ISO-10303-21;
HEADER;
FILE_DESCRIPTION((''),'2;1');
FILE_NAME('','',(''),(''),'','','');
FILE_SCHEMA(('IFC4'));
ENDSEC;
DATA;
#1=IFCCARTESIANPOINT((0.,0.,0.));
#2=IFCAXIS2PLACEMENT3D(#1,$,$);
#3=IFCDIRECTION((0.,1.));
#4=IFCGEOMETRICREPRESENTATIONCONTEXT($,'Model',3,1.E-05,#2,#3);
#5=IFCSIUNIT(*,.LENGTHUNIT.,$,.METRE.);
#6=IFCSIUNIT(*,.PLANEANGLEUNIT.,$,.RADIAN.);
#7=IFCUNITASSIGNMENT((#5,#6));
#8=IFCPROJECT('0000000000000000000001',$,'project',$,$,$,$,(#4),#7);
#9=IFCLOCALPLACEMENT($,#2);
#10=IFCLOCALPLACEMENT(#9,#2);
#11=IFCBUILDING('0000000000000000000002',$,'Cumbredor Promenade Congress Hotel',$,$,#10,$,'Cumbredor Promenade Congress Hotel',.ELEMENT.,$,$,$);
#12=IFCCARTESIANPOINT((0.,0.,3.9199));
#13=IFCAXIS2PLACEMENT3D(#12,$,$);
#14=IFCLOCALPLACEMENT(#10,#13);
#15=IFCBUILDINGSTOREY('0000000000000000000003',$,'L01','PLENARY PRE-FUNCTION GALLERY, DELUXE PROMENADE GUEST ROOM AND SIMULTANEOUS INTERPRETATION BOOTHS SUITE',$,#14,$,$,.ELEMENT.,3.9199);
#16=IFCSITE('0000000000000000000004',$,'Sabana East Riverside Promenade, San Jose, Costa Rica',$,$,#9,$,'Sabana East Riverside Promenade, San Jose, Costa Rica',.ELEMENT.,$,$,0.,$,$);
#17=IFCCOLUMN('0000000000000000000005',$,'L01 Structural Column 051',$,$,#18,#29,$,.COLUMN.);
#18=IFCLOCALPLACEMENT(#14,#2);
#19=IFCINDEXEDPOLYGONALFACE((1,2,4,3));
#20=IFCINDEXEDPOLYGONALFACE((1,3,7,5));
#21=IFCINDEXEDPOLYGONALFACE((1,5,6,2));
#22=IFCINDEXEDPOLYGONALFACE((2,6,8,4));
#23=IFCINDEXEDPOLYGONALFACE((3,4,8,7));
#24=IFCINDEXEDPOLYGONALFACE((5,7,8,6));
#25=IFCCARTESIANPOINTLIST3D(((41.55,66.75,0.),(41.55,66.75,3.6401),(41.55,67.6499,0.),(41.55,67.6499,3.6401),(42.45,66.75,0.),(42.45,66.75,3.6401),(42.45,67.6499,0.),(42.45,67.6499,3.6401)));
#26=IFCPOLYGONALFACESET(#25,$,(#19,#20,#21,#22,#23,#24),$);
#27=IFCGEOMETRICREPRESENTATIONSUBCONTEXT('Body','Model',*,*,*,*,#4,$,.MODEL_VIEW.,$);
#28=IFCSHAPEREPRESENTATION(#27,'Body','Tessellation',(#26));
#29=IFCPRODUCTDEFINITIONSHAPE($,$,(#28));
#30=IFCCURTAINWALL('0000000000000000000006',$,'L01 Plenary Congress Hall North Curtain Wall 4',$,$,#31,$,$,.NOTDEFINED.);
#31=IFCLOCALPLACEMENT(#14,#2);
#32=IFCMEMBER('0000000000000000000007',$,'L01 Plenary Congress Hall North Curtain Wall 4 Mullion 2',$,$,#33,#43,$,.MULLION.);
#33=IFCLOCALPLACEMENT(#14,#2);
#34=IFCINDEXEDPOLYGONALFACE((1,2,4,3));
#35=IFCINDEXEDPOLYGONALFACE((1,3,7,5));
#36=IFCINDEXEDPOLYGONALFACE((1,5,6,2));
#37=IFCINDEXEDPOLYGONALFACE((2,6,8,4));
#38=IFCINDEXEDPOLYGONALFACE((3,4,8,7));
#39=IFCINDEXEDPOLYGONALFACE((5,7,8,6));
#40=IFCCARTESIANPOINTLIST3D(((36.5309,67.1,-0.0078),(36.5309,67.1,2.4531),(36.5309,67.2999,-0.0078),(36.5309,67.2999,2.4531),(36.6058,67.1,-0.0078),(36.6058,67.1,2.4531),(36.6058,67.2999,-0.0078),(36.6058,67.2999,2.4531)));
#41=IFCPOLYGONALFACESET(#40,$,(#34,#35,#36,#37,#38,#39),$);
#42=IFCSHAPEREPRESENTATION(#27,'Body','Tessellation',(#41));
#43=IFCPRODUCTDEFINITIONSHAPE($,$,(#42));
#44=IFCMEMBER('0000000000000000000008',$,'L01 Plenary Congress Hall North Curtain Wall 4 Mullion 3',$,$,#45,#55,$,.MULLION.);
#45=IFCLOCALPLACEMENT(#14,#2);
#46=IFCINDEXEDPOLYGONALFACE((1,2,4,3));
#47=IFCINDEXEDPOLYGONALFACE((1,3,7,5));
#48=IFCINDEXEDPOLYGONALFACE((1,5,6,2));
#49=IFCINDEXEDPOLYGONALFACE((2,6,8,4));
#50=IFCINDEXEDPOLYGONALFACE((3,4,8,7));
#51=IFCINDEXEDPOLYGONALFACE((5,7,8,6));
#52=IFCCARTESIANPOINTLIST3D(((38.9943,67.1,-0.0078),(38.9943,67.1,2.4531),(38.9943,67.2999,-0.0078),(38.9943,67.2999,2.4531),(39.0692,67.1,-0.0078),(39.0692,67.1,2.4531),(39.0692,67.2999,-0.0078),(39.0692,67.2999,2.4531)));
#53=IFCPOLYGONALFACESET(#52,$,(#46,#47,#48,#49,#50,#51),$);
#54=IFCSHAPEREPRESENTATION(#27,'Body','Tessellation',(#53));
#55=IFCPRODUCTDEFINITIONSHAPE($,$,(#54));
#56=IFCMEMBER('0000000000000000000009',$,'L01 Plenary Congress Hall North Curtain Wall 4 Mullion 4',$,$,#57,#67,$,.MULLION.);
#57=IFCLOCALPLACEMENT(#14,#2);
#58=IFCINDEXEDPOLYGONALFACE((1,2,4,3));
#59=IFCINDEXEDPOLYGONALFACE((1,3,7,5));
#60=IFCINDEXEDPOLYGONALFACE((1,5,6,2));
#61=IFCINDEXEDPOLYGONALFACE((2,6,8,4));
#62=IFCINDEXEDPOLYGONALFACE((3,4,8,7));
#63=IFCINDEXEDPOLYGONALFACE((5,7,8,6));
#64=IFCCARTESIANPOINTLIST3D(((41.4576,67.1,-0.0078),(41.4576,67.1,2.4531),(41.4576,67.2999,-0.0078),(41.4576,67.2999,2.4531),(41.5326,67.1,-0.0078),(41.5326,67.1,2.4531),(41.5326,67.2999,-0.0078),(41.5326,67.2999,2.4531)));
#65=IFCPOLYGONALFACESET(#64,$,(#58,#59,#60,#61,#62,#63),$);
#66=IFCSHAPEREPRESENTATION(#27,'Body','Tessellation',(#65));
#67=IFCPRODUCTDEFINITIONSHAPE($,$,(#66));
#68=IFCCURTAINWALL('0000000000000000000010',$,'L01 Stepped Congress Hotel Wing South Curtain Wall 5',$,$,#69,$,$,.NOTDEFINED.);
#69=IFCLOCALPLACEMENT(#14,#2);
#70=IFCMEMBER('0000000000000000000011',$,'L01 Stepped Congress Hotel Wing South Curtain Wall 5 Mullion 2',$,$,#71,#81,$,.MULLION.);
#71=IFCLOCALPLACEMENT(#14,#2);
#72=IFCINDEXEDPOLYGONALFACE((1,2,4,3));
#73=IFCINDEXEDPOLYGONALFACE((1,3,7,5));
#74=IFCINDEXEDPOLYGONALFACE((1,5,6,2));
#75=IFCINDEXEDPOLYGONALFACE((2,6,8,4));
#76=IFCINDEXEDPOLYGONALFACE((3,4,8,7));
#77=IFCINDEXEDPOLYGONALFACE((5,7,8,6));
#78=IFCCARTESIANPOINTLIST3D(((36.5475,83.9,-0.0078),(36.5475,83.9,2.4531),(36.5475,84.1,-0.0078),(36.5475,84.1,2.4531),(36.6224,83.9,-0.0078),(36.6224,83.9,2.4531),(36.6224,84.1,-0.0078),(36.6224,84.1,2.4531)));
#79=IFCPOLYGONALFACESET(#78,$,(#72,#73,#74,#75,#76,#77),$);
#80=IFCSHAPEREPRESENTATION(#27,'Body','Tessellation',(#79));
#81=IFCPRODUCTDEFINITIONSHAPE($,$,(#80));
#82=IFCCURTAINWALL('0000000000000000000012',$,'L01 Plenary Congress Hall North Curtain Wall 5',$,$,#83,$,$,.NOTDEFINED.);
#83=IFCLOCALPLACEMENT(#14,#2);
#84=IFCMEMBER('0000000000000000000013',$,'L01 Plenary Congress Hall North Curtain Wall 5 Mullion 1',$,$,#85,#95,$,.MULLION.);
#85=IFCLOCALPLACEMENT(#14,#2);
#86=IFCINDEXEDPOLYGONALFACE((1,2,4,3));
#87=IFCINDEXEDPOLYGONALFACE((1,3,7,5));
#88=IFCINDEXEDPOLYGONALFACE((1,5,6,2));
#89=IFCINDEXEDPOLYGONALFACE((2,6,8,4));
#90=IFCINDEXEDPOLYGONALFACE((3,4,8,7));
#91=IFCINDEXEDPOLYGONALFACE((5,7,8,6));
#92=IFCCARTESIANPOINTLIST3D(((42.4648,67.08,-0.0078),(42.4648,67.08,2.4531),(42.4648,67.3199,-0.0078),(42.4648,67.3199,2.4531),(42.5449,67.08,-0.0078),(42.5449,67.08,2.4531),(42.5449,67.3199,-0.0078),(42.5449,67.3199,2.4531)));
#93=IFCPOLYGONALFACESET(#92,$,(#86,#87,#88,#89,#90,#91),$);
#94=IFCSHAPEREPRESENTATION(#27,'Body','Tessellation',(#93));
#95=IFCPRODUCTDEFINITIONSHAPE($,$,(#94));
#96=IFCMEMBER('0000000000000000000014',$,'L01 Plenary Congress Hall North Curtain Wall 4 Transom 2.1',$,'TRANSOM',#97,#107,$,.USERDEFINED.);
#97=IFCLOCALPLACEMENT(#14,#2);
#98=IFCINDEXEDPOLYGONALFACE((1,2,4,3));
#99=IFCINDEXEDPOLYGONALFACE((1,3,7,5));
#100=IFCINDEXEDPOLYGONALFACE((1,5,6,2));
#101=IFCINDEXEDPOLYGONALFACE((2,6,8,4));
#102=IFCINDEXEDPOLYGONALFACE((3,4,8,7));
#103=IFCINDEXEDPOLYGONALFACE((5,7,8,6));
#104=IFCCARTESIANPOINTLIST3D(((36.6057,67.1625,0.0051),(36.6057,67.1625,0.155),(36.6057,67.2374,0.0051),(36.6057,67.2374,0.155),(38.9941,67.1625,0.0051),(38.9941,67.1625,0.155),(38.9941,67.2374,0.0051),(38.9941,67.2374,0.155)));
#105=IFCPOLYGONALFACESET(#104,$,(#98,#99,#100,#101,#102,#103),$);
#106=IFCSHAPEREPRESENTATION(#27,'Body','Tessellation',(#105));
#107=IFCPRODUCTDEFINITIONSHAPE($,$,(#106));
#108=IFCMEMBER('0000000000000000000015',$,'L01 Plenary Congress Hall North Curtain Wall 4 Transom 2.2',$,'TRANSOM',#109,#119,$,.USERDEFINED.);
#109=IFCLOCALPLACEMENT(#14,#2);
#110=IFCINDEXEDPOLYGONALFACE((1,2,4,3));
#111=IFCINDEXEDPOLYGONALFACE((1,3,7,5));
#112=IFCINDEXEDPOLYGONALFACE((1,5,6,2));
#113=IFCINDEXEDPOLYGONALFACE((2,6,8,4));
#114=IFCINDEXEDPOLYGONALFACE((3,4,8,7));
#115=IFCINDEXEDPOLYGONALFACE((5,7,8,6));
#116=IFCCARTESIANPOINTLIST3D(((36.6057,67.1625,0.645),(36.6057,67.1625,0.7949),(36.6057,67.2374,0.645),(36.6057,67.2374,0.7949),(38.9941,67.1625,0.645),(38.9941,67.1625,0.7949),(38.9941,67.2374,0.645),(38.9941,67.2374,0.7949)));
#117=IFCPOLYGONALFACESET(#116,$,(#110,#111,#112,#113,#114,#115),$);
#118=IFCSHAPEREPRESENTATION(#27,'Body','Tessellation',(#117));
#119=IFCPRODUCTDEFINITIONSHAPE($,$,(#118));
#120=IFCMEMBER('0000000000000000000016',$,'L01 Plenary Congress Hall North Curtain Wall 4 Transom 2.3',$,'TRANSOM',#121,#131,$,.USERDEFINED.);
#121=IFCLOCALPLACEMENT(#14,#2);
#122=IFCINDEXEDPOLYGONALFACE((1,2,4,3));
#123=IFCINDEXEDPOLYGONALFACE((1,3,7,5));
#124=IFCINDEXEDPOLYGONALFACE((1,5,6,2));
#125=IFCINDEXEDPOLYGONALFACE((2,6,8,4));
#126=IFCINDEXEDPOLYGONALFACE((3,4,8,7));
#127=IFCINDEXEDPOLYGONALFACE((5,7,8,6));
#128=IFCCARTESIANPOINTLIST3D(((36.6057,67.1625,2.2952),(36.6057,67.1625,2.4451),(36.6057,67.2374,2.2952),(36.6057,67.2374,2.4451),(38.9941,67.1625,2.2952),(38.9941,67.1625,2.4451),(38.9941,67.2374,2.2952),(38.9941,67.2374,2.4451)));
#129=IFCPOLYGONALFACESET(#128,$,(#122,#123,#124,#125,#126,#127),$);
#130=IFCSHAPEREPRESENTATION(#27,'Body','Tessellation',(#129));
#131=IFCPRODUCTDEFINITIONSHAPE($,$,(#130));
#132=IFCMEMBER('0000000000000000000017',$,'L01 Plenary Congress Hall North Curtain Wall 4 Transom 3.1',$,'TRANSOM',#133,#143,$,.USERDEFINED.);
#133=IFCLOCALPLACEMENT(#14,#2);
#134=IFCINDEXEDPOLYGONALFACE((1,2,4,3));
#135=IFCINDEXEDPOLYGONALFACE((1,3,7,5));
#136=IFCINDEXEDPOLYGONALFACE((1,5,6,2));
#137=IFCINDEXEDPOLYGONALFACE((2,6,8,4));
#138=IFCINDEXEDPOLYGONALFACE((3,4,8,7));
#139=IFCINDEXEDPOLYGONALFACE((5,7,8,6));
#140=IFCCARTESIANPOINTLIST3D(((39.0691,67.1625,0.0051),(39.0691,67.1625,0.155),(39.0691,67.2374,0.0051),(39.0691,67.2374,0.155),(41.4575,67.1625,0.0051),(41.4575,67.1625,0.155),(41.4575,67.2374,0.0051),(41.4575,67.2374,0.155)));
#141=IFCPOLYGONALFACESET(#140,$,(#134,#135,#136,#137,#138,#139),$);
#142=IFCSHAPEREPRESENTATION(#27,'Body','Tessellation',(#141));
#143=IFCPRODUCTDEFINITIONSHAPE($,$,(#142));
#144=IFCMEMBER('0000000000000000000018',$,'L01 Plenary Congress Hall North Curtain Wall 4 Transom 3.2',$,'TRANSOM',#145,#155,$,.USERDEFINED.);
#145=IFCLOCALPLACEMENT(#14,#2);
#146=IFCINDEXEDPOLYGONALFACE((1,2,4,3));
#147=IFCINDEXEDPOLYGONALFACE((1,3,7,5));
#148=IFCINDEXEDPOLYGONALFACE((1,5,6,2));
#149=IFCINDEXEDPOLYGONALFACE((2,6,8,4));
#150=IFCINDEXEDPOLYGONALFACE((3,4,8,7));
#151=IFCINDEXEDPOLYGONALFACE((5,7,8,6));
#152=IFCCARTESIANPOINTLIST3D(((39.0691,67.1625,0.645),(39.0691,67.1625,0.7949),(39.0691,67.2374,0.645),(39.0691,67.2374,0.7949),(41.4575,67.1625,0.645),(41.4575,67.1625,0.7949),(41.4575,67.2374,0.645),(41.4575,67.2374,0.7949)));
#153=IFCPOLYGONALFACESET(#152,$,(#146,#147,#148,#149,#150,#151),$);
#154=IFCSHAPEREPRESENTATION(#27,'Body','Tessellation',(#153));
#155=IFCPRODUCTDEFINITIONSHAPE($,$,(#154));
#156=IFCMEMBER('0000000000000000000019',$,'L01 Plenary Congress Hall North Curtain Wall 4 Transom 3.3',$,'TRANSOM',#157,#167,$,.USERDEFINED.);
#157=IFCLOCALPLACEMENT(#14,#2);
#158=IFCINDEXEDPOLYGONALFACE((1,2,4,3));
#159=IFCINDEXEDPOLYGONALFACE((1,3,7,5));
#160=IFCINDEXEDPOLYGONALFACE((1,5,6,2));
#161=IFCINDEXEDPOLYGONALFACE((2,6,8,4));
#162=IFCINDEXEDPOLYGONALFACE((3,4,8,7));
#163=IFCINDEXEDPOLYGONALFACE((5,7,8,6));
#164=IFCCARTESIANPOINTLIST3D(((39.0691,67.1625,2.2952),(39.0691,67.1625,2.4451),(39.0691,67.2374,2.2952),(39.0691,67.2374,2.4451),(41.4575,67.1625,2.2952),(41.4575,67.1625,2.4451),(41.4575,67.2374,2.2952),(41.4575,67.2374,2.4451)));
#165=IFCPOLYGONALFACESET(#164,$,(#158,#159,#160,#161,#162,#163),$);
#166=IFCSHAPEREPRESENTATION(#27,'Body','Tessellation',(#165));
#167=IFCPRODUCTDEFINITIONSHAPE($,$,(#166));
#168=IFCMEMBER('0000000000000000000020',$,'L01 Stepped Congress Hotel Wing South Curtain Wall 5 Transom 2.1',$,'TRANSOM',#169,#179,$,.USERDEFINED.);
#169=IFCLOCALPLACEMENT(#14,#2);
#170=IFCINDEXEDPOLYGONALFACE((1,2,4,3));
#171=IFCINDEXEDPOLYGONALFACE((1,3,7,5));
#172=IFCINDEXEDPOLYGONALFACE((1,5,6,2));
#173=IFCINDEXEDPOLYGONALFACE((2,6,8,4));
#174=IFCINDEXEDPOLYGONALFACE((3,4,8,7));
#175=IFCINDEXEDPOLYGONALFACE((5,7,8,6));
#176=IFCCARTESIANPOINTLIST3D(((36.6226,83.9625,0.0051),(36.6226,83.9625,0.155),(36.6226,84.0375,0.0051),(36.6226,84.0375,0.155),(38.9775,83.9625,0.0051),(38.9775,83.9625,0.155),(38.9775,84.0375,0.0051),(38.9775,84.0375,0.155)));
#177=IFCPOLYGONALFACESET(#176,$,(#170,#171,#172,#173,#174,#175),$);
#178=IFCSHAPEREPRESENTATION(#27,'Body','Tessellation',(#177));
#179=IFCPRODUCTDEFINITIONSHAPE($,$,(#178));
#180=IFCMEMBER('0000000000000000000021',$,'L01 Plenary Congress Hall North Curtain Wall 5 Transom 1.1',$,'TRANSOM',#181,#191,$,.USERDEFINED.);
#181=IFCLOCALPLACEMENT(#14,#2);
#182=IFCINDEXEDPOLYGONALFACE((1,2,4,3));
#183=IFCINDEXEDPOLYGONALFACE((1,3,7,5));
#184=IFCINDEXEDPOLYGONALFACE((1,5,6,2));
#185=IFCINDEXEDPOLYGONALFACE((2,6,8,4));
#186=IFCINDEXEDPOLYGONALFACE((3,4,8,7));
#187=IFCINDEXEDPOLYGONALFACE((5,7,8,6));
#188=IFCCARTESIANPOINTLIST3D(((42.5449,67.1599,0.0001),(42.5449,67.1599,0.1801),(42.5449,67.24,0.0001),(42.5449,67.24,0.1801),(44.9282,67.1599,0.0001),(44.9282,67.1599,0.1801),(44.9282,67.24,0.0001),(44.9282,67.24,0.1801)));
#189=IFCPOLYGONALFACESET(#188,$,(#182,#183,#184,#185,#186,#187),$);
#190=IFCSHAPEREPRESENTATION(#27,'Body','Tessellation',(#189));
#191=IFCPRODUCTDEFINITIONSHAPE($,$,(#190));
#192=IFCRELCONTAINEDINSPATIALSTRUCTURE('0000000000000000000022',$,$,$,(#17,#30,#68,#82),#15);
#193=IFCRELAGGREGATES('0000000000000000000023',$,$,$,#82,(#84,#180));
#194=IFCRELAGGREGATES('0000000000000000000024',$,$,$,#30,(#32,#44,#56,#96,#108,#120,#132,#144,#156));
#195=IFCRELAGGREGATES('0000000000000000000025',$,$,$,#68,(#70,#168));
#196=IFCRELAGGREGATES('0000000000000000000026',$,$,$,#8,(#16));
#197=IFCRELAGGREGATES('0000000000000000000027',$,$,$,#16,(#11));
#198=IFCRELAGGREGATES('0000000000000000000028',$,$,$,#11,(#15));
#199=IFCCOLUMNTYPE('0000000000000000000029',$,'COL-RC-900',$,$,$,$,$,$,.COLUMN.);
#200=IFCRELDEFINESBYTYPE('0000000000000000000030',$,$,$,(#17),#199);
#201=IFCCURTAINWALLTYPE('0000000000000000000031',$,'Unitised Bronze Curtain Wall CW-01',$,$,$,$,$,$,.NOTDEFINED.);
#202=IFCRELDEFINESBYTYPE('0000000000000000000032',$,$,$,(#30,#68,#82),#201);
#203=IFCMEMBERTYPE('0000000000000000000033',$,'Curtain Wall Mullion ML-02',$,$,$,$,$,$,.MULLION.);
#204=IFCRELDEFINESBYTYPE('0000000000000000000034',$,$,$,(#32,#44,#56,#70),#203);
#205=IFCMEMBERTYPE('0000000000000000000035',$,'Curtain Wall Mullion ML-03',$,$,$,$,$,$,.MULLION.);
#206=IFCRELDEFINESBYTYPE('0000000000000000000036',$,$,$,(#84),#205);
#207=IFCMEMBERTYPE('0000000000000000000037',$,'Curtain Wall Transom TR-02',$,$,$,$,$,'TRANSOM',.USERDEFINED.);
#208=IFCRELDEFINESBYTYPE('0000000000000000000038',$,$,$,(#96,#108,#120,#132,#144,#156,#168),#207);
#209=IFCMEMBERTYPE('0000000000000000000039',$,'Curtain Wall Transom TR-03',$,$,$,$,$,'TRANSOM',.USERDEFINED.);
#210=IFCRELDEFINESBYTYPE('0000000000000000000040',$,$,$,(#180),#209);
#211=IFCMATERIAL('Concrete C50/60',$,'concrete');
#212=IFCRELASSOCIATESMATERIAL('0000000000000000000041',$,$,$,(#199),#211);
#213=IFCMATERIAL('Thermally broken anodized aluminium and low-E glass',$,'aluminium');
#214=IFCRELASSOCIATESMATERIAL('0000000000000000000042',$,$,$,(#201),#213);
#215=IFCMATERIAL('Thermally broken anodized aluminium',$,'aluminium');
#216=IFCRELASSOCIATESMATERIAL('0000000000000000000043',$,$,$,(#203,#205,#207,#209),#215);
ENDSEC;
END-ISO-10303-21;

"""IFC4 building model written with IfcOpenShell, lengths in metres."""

from ifc_helpers import new_model, si_unit, direction, frame, origin, origin_2d, place, context, subcontext, project, spatial, rectangle, extrude, material, material_profile, profile_set, type_object, element, aggregate, save


model = new_model("IFC4")

# Units and contexts
model_context = context("Model", 3, precision=1e-05, world=origin(), true_north=direction((0.0, 1.0)))
body_context = subcontext(model_context, "Body", "Model", "MODEL_VIEW")
ifc_project = project(units=[si_unit("LENGTHUNIT", "METRE"), si_unit("PLANEANGLEUNIT", "RADIAN")], contexts=[model_context])

# Site, building, storey
site_placement = place(None, origin())
site = spatial("IfcSite", under=ifc_project, at=site_placement, Name="Sabana East Riverside Promenade, San Jose, Costa Rica", LongName="Sabana East Riverside Promenade, San Jose, Costa Rica", CompositionType="ELEMENT", RefElevation=0.0)
building_placement = place(site_placement, origin())
building = spatial("IfcBuilding", under=site, at=building_placement, Name="Cumbredor Promenade Congress Hotel", LongName="Cumbredor Promenade Congress Hotel", CompositionType="ELEMENT")
storey_placement = place(building_placement, frame((0.0, 0.0, 3.9199)))
storey = spatial("IfcBuildingStorey", under=building, at=storey_placement, Name="L01", Description="PLENARY PRE-FUNCTION GALLERY, DELUXE PROMENADE GUEST ROOM AND SIMULTANEOUS INTERPRETATION BOOTHS SUITE", CompositionType="ELEMENT", Elevation=3.9199)

# Column
ifc_material_1 = material(Name="Concrete C50/60", Category="concrete")
ifc_material_profile_1 = material_profile(ifc_material_1, rectangle(XDim=0.8999, YDim=0.8999, at=origin_2d()), Name="RC 900x900")
ifc_profile_set_1 = profile_set([ifc_material_profile_1], Name="Concrete C50/60")
column_type = type_object("IfcColumnType", Name="COL-RC-900", PredefinedType="COLUMN", material=ifc_profile_set_1)
column_placement = place(storey_placement, frame((42.0, 67.2, 0.0), z_axis=(0.0, 0.0, 1.0), x_axis=(1.0, 0.0, 0.0)))
element("IfcColumn", 1, at=column_placement, inside=storey, type_object=column_type, Name="L01 Structural Column 051", PredefinedType="COLUMN", context=body_context, shape_type="SweptSolid", body=[
    extrude(rectangle(XDim=0.8999, YDim=0.8999, at=origin_2d()), origin(), (0.0, 0.0, 1.0), 3.6401),
])

# Curtain wall, members
ifc_material_2 = material(Name="Thermally broken anodized aluminium and low-E glass", Category="aluminium")
curtain_wall_type = type_object("IfcCurtainWallType", Name="Unitised Bronze Curtain Wall CW-01", PredefinedType="NOTDEFINED", material=ifc_material_2)
curtain_wall_1_placement = place(storey_placement, origin())
curtain_wall_1 = element("IfcCurtainWall", 2, at=curtain_wall_1_placement, inside=storey, type_object=curtain_wall_type, Name="L01 Plenary Congress Hall North Curtain Wall 4", PredefinedType="NOTDEFINED")
ifc_material_3 = material(Name="Thermally broken anodized aluminium", Category="aluminium")
ifc_material_profile_2 = material_profile(ifc_material_3, rectangle(XDim=0.075, YDim=0.2, at=origin_2d()), Name="ALU MULLION 75x200")
ifc_profile_set_2 = profile_set([ifc_material_profile_2], Name="Thermally broken anodized aluminium")
member_type_1 = type_object("IfcMemberType", Name="Curtain Wall Mullion ML-02", PredefinedType="MULLION", material=ifc_profile_set_2)
member_1_placement = place(storey_placement, frame((36.5684, 67.2, -0.0078), z_axis=(0.0, 0.0, 1.0), x_axis=(1.0, 0.0, 0.0)))
member_1 = element("IfcMember", 3, at=member_1_placement, type_object=member_type_1, Name="L01 Plenary Congress Hall North Curtain Wall 4 Mullion 2", PredefinedType="MULLION", context=body_context, shape_type="SweptSolid", body=[
    extrude(rectangle(XDim=0.075, YDim=0.2, at=origin_2d()), origin(), (0.0, 0.0, 1.0), 2.4609),
])
member_2_placement = place(storey_placement, frame((39.0317, 67.2, -0.0078), z_axis=(0.0, 0.0, 1.0), x_axis=(1.0, 0.0, 0.0)))
member_2 = element("IfcMember", 4, at=member_2_placement, type_object=member_type_1, Name="L01 Plenary Congress Hall North Curtain Wall 4 Mullion 3", PredefinedType="MULLION", context=body_context, shape_type="SweptSolid", body=[
    extrude(rectangle(XDim=0.075, YDim=0.2, at=origin_2d()), origin(), (0.0, 0.0, 1.0), 2.4609),
])
member_3_placement = place(storey_placement, frame((41.4951, 67.2, -0.0078), z_axis=(0.0, 0.0, 1.0), x_axis=(1.0, 0.0, 0.0)))
member_3 = element("IfcMember", 5, at=member_3_placement, type_object=member_type_1, Name="L01 Plenary Congress Hall North Curtain Wall 4 Mullion 4", PredefinedType="MULLION", context=body_context, shape_type="SweptSolid", body=[
    extrude(rectangle(XDim=0.075, YDim=0.2, at=origin_2d()), origin(), (0.0, 0.0, 1.0), 2.4609),
])

# Curtain walls, members
curtain_wall_2_placement = place(storey_placement, origin())
curtain_wall_2 = element("IfcCurtainWall", 6, at=curtain_wall_2_placement, inside=storey, type_object=curtain_wall_type, Name="L01 Stepped Congress Hotel Wing South Curtain Wall 5", PredefinedType="NOTDEFINED")
member_4_placement = place(storey_placement, frame((36.585, 84.0, -0.0078), z_axis=(0.0, 0.0, 1.0), x_axis=(1.0, 0.0, 0.0)))
member_4 = element("IfcMember", 7, at=member_4_placement, type_object=member_type_1, Name="L01 Stepped Congress Hotel Wing South Curtain Wall 5 Mullion 2", PredefinedType="MULLION", context=body_context, shape_type="SweptSolid", body=[
    extrude(rectangle(XDim=0.075, YDim=0.2, at=origin_2d()), origin(), (0.0, 0.0, 1.0), 2.4609),
])
curtain_wall_3_placement = place(storey_placement, origin())
curtain_wall_3 = element("IfcCurtainWall", 8, at=curtain_wall_3_placement, inside=storey, type_object=curtain_wall_type, Name="L01 Plenary Congress Hall North Curtain Wall 5", PredefinedType="NOTDEFINED")
ifc_material_profile_3 = material_profile(ifc_material_3, rectangle(XDim=0.0801, YDim=0.24, at=origin_2d()), Name="ALU MULLION 80x240")
ifc_profile_set_3 = profile_set([ifc_material_profile_3], Name="Thermally broken anodized aluminium")
member_type_2 = type_object("IfcMemberType", Name="Curtain Wall Mullion ML-03", PredefinedType="MULLION", material=ifc_profile_set_3)
member_5_placement = place(storey_placement, frame((42.5049, 67.2, -0.0078), z_axis=(0.0, 0.0, 1.0), x_axis=(1.0, 0.0, 0.0)))
member_5 = element("IfcMember", 9, at=member_5_placement, type_object=member_type_2, Name="L01 Plenary Congress Hall North Curtain Wall 5 Mullion 1", PredefinedType="MULLION", context=body_context, shape_type="SweptSolid", body=[
    extrude(rectangle(XDim=0.0801, YDim=0.24, at=origin_2d()), origin(), (0.0, 0.0, 1.0), 2.4609),
])

# Members
ifc_material_profile_4 = material_profile(ifc_material_3, rectangle(XDim=0.075, YDim=0.1499, at=origin_2d()), Name="ALU TRANSOM 75x150")
ifc_profile_set_4 = profile_set([ifc_material_profile_4], Name="Thermally broken anodized aluminium")
member_type_3 = type_object("IfcMemberType", Name="Curtain Wall Transom TR-02", ElementType="TRANSOM", PredefinedType="USERDEFINED", material=ifc_profile_set_4)
member_6_placement = place(storey_placement, frame((36.6057, 67.2, 0.0801), z_axis=(1.0, 0.0, 0.0), x_axis=(0.0, 1.0, 0.0)))
member_6 = element("IfcMember", 10, at=member_6_placement, type_object=member_type_3, Name="L01 Plenary Congress Hall North Curtain Wall 4 Transom 2.1", ObjectType="TRANSOM", PredefinedType="USERDEFINED", context=body_context, shape_type="SweptSolid", body=[
    extrude(rectangle(XDim=0.075, YDim=0.1499, at=origin_2d()), origin(), (0.0, 0.0, 1.0), 2.3884),
])
member_7_placement = place(storey_placement, frame((36.6057, 67.2, 0.72), z_axis=(1.0, 0.0, 0.0), x_axis=(0.0, 1.0, 0.0)))
member_7 = element("IfcMember", 11, at=member_7_placement, type_object=member_type_3, Name="L01 Plenary Congress Hall North Curtain Wall 4 Transom 2.2", ObjectType="TRANSOM", PredefinedType="USERDEFINED", context=body_context, shape_type="SweptSolid", body=[
    extrude(rectangle(XDim=0.075, YDim=0.1499, at=origin_2d()), origin(), (0.0, 0.0, 1.0), 2.3884),
])
member_8_placement = place(storey_placement, frame((36.6057, 67.2, 2.3701), z_axis=(1.0, 0.0, 0.0), x_axis=(0.0, 1.0, 0.0)))
member_8 = element("IfcMember", 12, at=member_8_placement, type_object=member_type_3, Name="L01 Plenary Congress Hall North Curtain Wall 4 Transom 2.3", ObjectType="TRANSOM", PredefinedType="USERDEFINED", context=body_context, shape_type="SweptSolid", body=[
    extrude(rectangle(XDim=0.075, YDim=0.1499, at=origin_2d()), origin(), (0.0, 0.0, 1.0), 2.3884),
])
member_9_placement = place(storey_placement, frame((39.0691, 67.2, 0.0801), z_axis=(1.0, 0.0, 0.0), x_axis=(0.0, 1.0, 0.0)))
member_9 = element("IfcMember", 13, at=member_9_placement, type_object=member_type_3, Name="L01 Plenary Congress Hall North Curtain Wall 4 Transom 3.1", ObjectType="TRANSOM", PredefinedType="USERDEFINED", context=body_context, shape_type="SweptSolid", body=[
    extrude(rectangle(XDim=0.075, YDim=0.1499, at=origin_2d()), origin(), (0.0, 0.0, 1.0), 2.3884),
])
member_10_placement = place(storey_placement, frame((39.0691, 67.2, 0.72), z_axis=(1.0, 0.0, 0.0), x_axis=(0.0, 1.0, 0.0)))
member_10 = element("IfcMember", 14, at=member_10_placement, type_object=member_type_3, Name="L01 Plenary Congress Hall North Curtain Wall 4 Transom 3.2", ObjectType="TRANSOM", PredefinedType="USERDEFINED", context=body_context, shape_type="SweptSolid", body=[
    extrude(rectangle(XDim=0.075, YDim=0.1499, at=origin_2d()), origin(), (0.0, 0.0, 1.0), 2.3884),
])
member_11_placement = place(storey_placement, frame((39.0691, 67.2, 2.3701), z_axis=(1.0, 0.0, 0.0), x_axis=(0.0, 1.0, 0.0)))
member_11 = element("IfcMember", 15, at=member_11_placement, type_object=member_type_3, Name="L01 Plenary Congress Hall North Curtain Wall 4 Transom 3.3", ObjectType="TRANSOM", PredefinedType="USERDEFINED", context=body_context, shape_type="SweptSolid", body=[
    extrude(rectangle(XDim=0.075, YDim=0.1499, at=origin_2d()), origin(), (0.0, 0.0, 1.0), 2.3884),
])
member_12_placement = place(storey_placement, frame((36.6226, 84.0, 0.0801), z_axis=(1.0, 0.0, 0.0), x_axis=(0.0, 1.0, 0.0)))
member_12 = element("IfcMember", 16, at=member_12_placement, type_object=member_type_3, Name="L01 Stepped Congress Hotel Wing South Curtain Wall 5 Transom 2.1", ObjectType="TRANSOM", PredefinedType="USERDEFINED", context=body_context, shape_type="SweptSolid", body=[
    extrude(rectangle(XDim=0.075, YDim=0.1499, at=origin_2d()), origin(), (0.0, 0.0, 1.0), 2.355),
])
ifc_material_profile_5 = material_profile(ifc_material_3, rectangle(XDim=0.0801, YDim=0.1799, at=origin_2d()), Name="ALU TRANSOM 80x180")
ifc_profile_set_5 = profile_set([ifc_material_profile_5], Name="Thermally broken anodized aluminium")
member_type_4 = type_object("IfcMemberType", Name="Curtain Wall Transom TR-03", ElementType="TRANSOM", PredefinedType="USERDEFINED", material=ifc_profile_set_5)
member_13_placement = place(storey_placement, frame((42.5449, 67.2, 0.0901), z_axis=(1.0, 0.0, 0.0), x_axis=(0.0, 1.0, 0.0)))
member_13 = element("IfcMember", 17, at=member_13_placement, type_object=member_type_4, Name="L01 Plenary Congress Hall North Curtain Wall 5 Transom 1.1", ObjectType="TRANSOM", PredefinedType="USERDEFINED", context=body_context, shape_type="SweptSolid", body=[
    extrude(rectangle(XDim=0.0801, YDim=0.1799, at=origin_2d()), origin(), (0.0, 0.0, 1.0), 2.3833),
])
aggregate(curtain_wall_3, [member_5, member_13])

aggregate(curtain_wall_1, [member_1, member_2, member_3, member_6, member_7, member_8, member_9, member_10, member_11])
aggregate(curtain_wall_2, [member_4, member_12])

save(model, "model.ifc")
